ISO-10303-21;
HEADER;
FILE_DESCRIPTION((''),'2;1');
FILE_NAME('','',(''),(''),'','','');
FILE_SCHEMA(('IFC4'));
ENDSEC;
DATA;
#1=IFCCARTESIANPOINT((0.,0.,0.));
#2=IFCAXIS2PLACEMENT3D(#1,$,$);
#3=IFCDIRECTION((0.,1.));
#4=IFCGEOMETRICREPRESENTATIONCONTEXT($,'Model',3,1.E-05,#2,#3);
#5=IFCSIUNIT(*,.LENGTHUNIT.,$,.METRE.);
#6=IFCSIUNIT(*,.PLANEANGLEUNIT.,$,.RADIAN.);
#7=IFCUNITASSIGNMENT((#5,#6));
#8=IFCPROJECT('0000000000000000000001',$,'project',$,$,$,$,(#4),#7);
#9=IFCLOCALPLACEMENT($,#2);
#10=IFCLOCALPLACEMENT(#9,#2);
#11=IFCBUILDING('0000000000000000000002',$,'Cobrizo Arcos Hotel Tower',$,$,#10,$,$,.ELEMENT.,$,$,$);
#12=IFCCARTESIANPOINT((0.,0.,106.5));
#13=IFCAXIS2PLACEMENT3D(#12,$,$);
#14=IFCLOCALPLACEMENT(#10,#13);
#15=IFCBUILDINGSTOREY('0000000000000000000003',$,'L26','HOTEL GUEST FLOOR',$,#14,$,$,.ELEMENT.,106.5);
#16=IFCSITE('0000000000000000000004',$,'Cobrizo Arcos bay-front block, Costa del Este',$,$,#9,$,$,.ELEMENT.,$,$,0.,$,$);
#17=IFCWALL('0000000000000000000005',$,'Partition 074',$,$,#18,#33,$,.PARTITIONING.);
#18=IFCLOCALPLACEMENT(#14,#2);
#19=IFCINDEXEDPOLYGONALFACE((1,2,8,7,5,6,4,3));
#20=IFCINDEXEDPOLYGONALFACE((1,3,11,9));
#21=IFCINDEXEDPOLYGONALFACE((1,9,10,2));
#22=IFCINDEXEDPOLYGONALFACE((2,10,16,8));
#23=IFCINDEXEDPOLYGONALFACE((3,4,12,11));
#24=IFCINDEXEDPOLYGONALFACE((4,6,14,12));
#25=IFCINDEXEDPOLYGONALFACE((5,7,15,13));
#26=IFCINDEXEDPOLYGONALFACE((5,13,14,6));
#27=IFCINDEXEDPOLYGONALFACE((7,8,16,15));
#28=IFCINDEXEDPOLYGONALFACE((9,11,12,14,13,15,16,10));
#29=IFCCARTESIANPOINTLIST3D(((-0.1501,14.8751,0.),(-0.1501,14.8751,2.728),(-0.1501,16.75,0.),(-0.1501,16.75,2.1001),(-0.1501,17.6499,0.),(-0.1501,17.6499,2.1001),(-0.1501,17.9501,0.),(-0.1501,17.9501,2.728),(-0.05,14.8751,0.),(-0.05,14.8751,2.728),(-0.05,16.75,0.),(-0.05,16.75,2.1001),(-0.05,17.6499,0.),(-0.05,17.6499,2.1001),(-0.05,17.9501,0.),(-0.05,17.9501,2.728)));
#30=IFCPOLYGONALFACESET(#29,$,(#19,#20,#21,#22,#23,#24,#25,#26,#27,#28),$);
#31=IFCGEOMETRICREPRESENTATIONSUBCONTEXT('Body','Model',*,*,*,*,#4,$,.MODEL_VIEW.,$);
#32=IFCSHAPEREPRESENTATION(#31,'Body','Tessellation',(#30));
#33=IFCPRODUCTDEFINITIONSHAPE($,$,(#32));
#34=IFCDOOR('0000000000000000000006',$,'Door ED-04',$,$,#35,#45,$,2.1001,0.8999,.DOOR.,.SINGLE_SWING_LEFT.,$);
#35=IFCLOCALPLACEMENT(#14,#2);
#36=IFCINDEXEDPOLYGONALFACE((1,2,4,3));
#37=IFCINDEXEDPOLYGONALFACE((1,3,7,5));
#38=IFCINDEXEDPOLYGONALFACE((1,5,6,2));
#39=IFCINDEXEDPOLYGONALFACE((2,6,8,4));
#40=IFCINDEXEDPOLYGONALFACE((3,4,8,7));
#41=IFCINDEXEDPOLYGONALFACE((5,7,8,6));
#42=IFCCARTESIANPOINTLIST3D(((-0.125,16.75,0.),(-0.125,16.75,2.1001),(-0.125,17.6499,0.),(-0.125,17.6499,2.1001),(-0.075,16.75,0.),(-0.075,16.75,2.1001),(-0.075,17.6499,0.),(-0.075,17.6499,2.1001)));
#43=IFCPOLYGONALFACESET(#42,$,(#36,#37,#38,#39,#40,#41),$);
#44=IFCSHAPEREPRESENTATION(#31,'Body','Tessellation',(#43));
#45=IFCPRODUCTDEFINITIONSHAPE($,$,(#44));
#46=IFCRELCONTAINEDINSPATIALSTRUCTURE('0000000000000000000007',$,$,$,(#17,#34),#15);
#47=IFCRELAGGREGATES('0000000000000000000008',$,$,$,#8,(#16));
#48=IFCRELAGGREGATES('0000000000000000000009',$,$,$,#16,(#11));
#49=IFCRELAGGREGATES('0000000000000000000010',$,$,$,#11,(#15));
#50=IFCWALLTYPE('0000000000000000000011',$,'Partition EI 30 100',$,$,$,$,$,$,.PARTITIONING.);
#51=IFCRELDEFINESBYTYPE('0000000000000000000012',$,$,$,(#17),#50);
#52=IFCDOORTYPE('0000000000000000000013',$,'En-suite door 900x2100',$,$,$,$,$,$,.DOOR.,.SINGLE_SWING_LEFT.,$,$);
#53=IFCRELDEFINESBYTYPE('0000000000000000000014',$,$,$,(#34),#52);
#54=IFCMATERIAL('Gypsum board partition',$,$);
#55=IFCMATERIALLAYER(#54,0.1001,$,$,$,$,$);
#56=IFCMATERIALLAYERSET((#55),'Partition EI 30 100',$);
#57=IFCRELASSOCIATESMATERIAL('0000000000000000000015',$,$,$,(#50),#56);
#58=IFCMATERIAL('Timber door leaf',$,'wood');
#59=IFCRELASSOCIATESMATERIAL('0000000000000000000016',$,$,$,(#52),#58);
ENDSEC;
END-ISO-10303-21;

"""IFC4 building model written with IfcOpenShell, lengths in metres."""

from ifc_helpers import new_model, si_unit, direction, frame, frame_2d, origin, place, context, subcontext, project, spatial, rectangle, extrude, material, layer, layer_set, type_object, element, fill, save


model = new_model("IFC4")

# Units and contexts
model_context = context("Model", 3, precision=1e-05, world=origin(), true_north=direction((0.0, 1.0)))
body_context = subcontext(model_context, "Body", "Model", "MODEL_VIEW")
ifc_project = project(units=[si_unit("LENGTHUNIT", "METRE"), si_unit("PLANEANGLEUNIT", "RADIAN")], contexts=[model_context])

# Site, building, storey
site_placement = place(None, origin())
site = spatial("IfcSite", under=ifc_project, at=site_placement, Name="Cobrizo Arcos bay-front block, Costa del Este", CompositionType="ELEMENT", RefElevation=0.0)
building_placement = place(site_placement, origin())
building = spatial("IfcBuilding", under=site, at=building_placement, Name="Cobrizo Arcos Hotel Tower", CompositionType="ELEMENT")
storey_placement = place(building_placement, frame((0.0, 0.0, 106.5)))
storey = spatial("IfcBuildingStorey", under=building, at=storey_placement, Name="L26", Description="HOTEL GUEST FLOOR", CompositionType="ELEMENT", Elevation=106.5)

# Shared definitions
ifc_material_1 = material(Name="Gypsum board partition")
ifc_layer_1 = layer(ifc_material_1, 0.1001)
ifc_layer_set_1 = layer_set([ifc_layer_1], Name="Partition EI 30 100")
wall_type = type_object("IfcWallType", Name="Partition EI 30 100", PredefinedType="PARTITIONING", material=ifc_layer_set_1)

# Shared definitions
ifc_material_2 = material(Name="Timber door leaf", Category="wood")
door_type = type_object("IfcDoorType", Name="En-suite door 900x2100", OperationType="SINGLE_SWING_LEFT", PredefinedType="DOOR", material=ifc_material_2)

# Wall, opening, door
wall_1_placement = place(storey_placement, frame((-0.1001, 14.875, 0.0), z_axis=(0.0, 0.0, 1.0), x_axis=(0.0, 1.0, 0.0)))
wall_1 = element("IfcWall", 1, at=wall_1_placement, inside=storey, type_object=wall_type, Name="Partition 074", PredefinedType="PARTITIONING", context=body_context, shape_type="SweptSolid", body=[
    extrude(rectangle(XDim=3.075, YDim=0.1001, at=frame_2d((1.5376, 0.0))), origin(), (0.0, 0.0, 1.0), 2.728),
])
opening_1_placement = place(wall_1_placement, frame((1.875, 0.0, 0.0)))
opening_1 = element("IfcOpeningElement", 2, at=opening_1_placement, cuts=wall_1, PredefinedType="OPENING", context=body_context, shape_type="SweptSolid", body=[
    extrude(rectangle(XDim=0.8999, YDim=2.1001, at=frame_2d((0.45, 1.05))), frame((0.0, 0.062, 0.0), z_axis=(0.0, -1.0, 0.0), x_axis=(1.0, 0.0, 0.0)), (0.0, 0.0, 1.0), 0.124),
])
door_1_placement = place(opening_1_placement, origin())
door_1 = element("IfcDoor", 3, at=door_1_placement, inside=storey, type_object=door_type, Name="Door ED-04", OperationType="SINGLE_SWING_LEFT", OverallHeight=2.1001, OverallWidth=0.8999, PredefinedType="DOOR", context=body_context, shape_type="SweptSolid", body=[
    extrude(rectangle(XDim=0.8999, YDim=2.1001, at=frame_2d((0.45, 1.05))), frame((0.0, 0.0249, 0.0), z_axis=(0.0, -1.0, 0.0), x_axis=(1.0, 0.0, 0.0)), (0.0, 0.0, 1.0), 0.05),
])
fill(opening_1, door_1)

save(model, "model.ifc")
